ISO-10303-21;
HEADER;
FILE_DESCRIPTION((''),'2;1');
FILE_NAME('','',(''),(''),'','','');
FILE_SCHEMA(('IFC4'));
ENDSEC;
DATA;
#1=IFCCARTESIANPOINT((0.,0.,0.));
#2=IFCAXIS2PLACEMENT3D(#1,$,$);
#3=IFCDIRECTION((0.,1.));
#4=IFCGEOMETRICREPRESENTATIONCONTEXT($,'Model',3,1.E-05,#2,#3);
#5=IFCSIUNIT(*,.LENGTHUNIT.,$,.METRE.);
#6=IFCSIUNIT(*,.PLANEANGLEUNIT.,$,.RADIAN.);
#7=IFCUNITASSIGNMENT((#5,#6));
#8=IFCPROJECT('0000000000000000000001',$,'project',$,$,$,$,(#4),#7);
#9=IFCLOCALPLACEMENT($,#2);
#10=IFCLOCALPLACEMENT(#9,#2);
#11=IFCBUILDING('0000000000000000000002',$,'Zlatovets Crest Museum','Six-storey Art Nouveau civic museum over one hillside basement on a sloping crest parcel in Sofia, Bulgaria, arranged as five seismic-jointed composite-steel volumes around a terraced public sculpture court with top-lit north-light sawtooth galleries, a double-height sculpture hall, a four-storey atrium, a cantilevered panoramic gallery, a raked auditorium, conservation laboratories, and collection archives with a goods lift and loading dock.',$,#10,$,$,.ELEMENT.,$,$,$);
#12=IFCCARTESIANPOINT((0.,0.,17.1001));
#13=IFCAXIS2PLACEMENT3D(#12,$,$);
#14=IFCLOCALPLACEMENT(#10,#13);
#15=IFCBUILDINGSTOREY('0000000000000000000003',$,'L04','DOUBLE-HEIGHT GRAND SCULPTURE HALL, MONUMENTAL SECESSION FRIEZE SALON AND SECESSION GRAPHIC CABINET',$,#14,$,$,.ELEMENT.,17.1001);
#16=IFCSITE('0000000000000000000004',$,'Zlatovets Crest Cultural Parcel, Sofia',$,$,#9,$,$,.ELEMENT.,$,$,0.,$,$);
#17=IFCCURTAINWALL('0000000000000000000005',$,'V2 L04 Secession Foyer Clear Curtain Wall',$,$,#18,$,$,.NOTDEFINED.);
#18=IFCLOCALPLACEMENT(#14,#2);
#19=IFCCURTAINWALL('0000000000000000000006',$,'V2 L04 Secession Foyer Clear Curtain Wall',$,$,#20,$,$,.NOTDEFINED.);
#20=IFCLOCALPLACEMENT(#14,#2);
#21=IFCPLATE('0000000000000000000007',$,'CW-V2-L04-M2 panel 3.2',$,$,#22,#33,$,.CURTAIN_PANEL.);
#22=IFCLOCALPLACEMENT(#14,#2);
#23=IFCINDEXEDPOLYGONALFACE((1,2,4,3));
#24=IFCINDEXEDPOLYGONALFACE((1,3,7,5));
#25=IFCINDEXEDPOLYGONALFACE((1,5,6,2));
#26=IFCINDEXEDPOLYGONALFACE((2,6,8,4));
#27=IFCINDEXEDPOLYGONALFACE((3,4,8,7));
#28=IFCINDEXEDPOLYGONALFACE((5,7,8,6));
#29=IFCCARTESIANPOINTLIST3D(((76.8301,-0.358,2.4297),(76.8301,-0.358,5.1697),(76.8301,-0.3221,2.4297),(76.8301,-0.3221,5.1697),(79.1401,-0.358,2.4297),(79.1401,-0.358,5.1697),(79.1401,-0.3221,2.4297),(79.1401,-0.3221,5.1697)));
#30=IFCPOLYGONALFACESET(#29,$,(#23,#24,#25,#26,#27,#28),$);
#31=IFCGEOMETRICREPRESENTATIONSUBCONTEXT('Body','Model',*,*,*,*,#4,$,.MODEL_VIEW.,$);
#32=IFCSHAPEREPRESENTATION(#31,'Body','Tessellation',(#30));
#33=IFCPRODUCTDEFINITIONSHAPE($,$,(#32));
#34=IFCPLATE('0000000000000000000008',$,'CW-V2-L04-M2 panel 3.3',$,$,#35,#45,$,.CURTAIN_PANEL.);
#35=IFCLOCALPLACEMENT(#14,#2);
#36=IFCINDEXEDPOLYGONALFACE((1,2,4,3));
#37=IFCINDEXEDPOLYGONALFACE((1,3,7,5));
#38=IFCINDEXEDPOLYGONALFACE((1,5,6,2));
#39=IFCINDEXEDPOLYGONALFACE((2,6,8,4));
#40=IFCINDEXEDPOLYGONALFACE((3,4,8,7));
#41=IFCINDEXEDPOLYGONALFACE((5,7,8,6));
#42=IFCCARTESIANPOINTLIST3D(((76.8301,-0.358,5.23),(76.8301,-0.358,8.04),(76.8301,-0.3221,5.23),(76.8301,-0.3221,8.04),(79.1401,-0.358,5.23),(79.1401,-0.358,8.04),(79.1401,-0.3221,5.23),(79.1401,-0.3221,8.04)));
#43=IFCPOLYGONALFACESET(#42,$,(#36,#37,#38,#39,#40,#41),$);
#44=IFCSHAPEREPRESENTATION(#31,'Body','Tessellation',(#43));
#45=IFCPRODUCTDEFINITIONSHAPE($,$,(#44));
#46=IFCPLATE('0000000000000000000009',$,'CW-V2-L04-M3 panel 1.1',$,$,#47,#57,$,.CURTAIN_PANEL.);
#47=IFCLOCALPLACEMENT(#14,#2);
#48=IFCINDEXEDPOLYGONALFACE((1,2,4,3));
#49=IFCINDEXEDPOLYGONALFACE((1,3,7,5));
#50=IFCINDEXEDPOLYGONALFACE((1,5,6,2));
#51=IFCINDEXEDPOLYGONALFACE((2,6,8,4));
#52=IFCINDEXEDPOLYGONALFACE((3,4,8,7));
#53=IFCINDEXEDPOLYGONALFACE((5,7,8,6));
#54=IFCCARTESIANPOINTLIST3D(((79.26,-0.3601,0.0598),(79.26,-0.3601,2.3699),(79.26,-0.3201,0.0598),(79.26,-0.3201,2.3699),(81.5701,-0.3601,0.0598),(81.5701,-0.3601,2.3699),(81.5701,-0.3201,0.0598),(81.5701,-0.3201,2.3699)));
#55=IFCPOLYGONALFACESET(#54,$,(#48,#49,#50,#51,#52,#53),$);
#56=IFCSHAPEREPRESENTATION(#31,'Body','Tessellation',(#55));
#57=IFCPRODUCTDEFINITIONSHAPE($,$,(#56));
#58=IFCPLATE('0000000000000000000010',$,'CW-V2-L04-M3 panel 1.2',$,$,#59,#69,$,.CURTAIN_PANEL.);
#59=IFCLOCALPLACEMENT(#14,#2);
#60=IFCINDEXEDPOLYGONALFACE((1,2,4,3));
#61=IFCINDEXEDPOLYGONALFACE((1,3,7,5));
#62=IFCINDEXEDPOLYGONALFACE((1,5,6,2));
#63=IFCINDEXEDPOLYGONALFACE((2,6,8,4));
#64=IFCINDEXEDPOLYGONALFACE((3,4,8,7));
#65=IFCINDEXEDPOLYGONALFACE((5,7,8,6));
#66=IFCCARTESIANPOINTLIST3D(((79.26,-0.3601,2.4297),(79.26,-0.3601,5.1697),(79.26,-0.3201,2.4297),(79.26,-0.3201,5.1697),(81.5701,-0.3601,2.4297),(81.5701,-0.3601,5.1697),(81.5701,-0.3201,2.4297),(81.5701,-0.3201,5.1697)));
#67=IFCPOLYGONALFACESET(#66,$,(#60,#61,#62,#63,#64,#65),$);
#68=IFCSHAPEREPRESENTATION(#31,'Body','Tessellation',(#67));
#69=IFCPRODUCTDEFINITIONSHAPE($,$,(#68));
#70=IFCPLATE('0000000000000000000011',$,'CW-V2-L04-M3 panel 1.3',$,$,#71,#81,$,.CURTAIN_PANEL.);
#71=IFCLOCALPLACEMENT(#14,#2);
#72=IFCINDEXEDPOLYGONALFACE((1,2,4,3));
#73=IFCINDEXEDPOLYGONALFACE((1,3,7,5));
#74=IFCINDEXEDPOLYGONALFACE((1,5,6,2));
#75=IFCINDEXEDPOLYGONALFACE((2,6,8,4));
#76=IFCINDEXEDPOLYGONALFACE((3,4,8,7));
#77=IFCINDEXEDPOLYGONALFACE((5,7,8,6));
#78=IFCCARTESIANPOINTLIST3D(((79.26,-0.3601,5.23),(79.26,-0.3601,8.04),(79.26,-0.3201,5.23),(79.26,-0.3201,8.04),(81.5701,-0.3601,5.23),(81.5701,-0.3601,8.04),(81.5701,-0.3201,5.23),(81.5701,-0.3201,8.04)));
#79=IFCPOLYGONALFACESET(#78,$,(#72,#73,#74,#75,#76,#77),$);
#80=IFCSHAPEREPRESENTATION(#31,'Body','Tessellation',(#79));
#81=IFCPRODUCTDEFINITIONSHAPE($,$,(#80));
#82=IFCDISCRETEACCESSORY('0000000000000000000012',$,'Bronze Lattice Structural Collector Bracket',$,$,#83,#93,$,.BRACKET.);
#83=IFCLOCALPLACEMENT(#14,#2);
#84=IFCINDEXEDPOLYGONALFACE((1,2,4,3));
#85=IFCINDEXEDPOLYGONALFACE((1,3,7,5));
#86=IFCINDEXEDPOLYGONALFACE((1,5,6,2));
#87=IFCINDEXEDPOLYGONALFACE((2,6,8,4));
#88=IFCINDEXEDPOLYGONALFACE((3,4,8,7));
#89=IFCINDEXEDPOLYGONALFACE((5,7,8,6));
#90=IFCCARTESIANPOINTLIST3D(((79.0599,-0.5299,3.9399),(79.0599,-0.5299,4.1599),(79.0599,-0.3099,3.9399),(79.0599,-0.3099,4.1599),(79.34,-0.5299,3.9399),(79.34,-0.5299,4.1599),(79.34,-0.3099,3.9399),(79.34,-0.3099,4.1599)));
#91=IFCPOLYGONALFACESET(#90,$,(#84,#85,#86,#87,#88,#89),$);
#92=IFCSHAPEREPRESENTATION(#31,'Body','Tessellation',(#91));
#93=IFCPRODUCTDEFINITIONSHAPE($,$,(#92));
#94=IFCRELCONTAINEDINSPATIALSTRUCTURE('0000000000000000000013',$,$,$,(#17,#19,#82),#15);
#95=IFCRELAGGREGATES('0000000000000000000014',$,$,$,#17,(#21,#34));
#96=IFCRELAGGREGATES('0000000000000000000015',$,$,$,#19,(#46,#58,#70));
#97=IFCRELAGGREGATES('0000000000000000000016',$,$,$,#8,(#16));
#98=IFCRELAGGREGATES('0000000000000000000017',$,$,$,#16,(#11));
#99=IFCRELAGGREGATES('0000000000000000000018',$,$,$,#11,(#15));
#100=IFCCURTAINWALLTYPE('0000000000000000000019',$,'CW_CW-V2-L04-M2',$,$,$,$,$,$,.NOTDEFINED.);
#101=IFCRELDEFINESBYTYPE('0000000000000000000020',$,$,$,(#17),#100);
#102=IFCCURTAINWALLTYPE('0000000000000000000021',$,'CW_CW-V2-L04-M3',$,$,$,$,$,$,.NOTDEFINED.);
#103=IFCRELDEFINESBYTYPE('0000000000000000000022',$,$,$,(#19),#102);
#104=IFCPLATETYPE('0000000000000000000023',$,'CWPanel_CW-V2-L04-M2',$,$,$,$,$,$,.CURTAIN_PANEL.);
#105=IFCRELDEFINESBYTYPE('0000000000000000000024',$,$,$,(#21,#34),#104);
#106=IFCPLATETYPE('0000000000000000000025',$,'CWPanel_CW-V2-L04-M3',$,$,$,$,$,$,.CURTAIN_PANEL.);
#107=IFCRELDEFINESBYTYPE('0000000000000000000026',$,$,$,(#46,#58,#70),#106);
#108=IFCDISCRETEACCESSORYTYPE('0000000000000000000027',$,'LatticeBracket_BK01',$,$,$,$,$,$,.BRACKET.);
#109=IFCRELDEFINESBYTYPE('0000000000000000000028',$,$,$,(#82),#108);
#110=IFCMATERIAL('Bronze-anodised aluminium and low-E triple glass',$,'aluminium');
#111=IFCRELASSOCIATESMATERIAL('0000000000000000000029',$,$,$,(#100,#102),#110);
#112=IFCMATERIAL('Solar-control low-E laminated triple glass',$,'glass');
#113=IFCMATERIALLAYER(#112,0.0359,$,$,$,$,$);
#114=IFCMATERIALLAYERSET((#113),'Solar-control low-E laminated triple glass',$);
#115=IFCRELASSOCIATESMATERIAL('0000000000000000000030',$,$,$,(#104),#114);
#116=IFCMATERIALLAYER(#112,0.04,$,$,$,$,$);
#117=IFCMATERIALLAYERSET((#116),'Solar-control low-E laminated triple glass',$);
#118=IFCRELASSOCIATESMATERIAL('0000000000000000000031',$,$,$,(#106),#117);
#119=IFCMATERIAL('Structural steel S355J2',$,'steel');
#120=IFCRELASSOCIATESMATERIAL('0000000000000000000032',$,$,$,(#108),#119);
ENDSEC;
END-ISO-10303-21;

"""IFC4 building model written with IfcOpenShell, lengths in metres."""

from ifc_helpers import new_model, si_unit, direction, frame, origin, origin_2d, place, context, subcontext, project, spatial, rectangle, extrude, material, layer, layer_set, type_object, element, aggregate, save


model = new_model("IFC4")

# Units and contexts
model_context = context("Model", 3, precision=1e-05, world=origin(), true_north=direction((0.0, 1.0)))
body_context = subcontext(model_context, "Body", "Model", "MODEL_VIEW")
ifc_project = project(units=[si_unit("LENGTHUNIT", "METRE"), si_unit("PLANEANGLEUNIT", "RADIAN")], contexts=[model_context])

# Site, building, storey
site_placement = place(None, origin())
site = spatial("IfcSite", under=ifc_project, at=site_placement, Name="Zlatovets Crest Cultural Parcel, Sofia", CompositionType="ELEMENT", RefElevation=0.0)
building_placement = place(site_placement, origin())
building = spatial("IfcBuilding", under=site, at=building_placement, Name="Zlatovets Crest Museum", Description="Six-storey Art Nouveau civic museum over one hillside basement on a sloping crest parcel in Sofia, Bulgaria, arranged as five seismic-jointed composite-steel volumes around a terraced public sculpture court with top-lit north-light sawtooth galleries, a double-height sculpture hall, a four-storey atrium, a cantilevered panoramic gallery, a raked auditorium, conservation laboratories, and collection archives with a goods lift and loading dock.", CompositionType="ELEMENT")
storey_placement = place(building_placement, frame((0.0, 0.0, 17.1001)))
storey = spatial("IfcBuildingStorey", under=building, at=storey_placement, Name="L04", Description="DOUBLE-HEIGHT GRAND SCULPTURE HALL, MONUMENTAL SECESSION FRIEZE SALON AND SECESSION GRAPHIC CABINET", CompositionType="ELEMENT", Elevation=17.1001)

# Shared definitions
ifc_material_1 = material(Name="Structural steel S355J2", Category="steel")

# Curtain wall
ifc_material_2 = material(Name="Bronze-anodised aluminium and low-E triple glass", Category="aluminium")
curtain_wall_type_1 = type_object("IfcCurtainWallType", Name="CW_CW-V2-L04-M2", PredefinedType="NOTDEFINED", material=ifc_material_2)
curtain_wall_1_placement = place(storey_placement, origin())
curtain_wall_1 = element("IfcCurtainWall", 1, at=curtain_wall_1_placement, inside=storey, type_object=curtain_wall_type_1, Name="V2 L04 Secession Foyer Clear Curtain Wall", PredefinedType="NOTDEFINED")

# Curtain wall
curtain_wall_type_2 = type_object("IfcCurtainWallType", Name="CW_CW-V2-L04-M3", PredefinedType="NOTDEFINED", material=ifc_material_2)
curtain_wall_2_placement = place(storey_placement, origin())
curtain_wall_2 = element("IfcCurtainWall", 2, at=curtain_wall_2_placement, inside=storey, type_object=curtain_wall_type_2, Name="V2 L04 Secession Foyer Clear Curtain Wall", PredefinedType="NOTDEFINED")

# Plates
ifc_material_3 = material(Name="Solar-control low-E laminated triple glass", Category="glass")
ifc_layer_1 = layer(ifc_material_3, 0.0359)
ifc_layer_set_1 = layer_set([ifc_layer_1], Name="Solar-control low-E laminated triple glass")
plate_type_1 = type_object("IfcPlateType", Name="CWPanel_CW-V2-L04-M2", PredefinedType="CURTAIN_PANEL", material=ifc_layer_set_1)
plate_1_placement = place(storey_placement, frame((77.9851, -0.3401, 2.4297), z_axis=(0.0, 0.0, 1.0), x_axis=(1.0, 0.0, 0.0)))
plate_1 = element("IfcPlate", 3, at=plate_1_placement, type_object=plate_type_1, Name="CW-V2-L04-M2 panel 3.2", PredefinedType="CURTAIN_PANEL", context=body_context, shape_type="SweptSolid", body=[
    extrude(rectangle(XDim=2.3101, YDim=0.0359, at=origin_2d()), origin(), (0.0, 0.0, 1.0), 2.74),
])
plate_2_placement = place(storey_placement, frame((77.9851, -0.3401, 5.23), z_axis=(0.0, 0.0, 1.0), x_axis=(1.0, 0.0, 0.0)))
plate_2 = element("IfcPlate", 4, at=plate_2_placement, type_object=plate_type_1, Name="CW-V2-L04-M2 panel 3.3", PredefinedType="CURTAIN_PANEL", context=body_context, shape_type="SweptSolid", body=[
    extrude(rectangle(XDim=2.3101, YDim=0.0359, at=origin_2d()), origin(), (0.0, 0.0, 1.0), 2.8101),
])
aggregate(curtain_wall_1, [plate_1, plate_2])
ifc_layer_2 = layer(ifc_material_3, 0.04)
ifc_layer_set_2 = layer_set([ifc_layer_2], Name="Solar-control low-E laminated triple glass")
plate_type_2 = type_object("IfcPlateType", Name="CWPanel_CW-V2-L04-M3", PredefinedType="CURTAIN_PANEL", material=ifc_layer_set_2)
plate_3_placement = place(storey_placement, frame((80.415, -0.3401, 0.0598), z_axis=(0.0, 0.0, 1.0), x_axis=(1.0, 0.0, 0.0)))
plate_3 = element("IfcPlate", 5, at=plate_3_placement, type_object=plate_type_2, Name="CW-V2-L04-M3 panel 1.1", PredefinedType="CURTAIN_PANEL", context=body_context, shape_type="SweptSolid", body=[
    extrude(rectangle(XDim=2.3101, YDim=0.04, at=origin_2d()), origin(), (0.0, 0.0, 1.0), 2.3101),
])
plate_4_placement = place(storey_placement, frame((80.415, -0.3401, 2.4297), z_axis=(0.0, 0.0, 1.0), x_axis=(1.0, 0.0, 0.0)))
plate_4 = element("IfcPlate", 6, at=plate_4_placement, type_object=plate_type_2, Name="CW-V2-L04-M3 panel 1.2", PredefinedType="CURTAIN_PANEL", context=body_context, shape_type="SweptSolid", body=[
    extrude(rectangle(XDim=2.3101, YDim=0.04, at=origin_2d()), origin(), (0.0, 0.0, 1.0), 2.74),
])
plate_5_placement = place(storey_placement, frame((80.415, -0.3401, 5.23), z_axis=(0.0, 0.0, 1.0), x_axis=(1.0, 0.0, 0.0)))
plate_5 = element("IfcPlate", 7, at=plate_5_placement, type_object=plate_type_2, Name="CW-V2-L04-M3 panel 1.3", PredefinedType="CURTAIN_PANEL", context=body_context, shape_type="SweptSolid", body=[
    extrude(rectangle(XDim=2.3101, YDim=0.04, at=origin_2d()), origin(), (0.0, 0.0, 1.0), 2.8101),
])
aggregate(curtain_wall_2, [plate_3, plate_4, plate_5])

# Discrete accessory
discrete_accessory_type = type_object("IfcDiscreteAccessoryType", Name="LatticeBracket_BK01", PredefinedType="BRACKET", material=ifc_material_1)
discrete_accessory_placement = place(storey_placement, frame((79.2, -0.4199, 3.9399), z_axis=(0.0, 0.0, 1.0), x_axis=(1.0, 0.0, 0.0)))
element("IfcDiscreteAccessory", 8, at=discrete_accessory_placement, inside=storey, type_object=discrete_accessory_type, Name="Bronze Lattice Structural Collector Bracket", PredefinedType="BRACKET", context=body_context, shape_type="SweptSolid", body=[
    extrude(rectangle(XDim=0.28, YDim=0.22, at=origin_2d()), origin(), (0.0, 0.0, 1.0), 0.22),
])

save(model, "model.ifc")
